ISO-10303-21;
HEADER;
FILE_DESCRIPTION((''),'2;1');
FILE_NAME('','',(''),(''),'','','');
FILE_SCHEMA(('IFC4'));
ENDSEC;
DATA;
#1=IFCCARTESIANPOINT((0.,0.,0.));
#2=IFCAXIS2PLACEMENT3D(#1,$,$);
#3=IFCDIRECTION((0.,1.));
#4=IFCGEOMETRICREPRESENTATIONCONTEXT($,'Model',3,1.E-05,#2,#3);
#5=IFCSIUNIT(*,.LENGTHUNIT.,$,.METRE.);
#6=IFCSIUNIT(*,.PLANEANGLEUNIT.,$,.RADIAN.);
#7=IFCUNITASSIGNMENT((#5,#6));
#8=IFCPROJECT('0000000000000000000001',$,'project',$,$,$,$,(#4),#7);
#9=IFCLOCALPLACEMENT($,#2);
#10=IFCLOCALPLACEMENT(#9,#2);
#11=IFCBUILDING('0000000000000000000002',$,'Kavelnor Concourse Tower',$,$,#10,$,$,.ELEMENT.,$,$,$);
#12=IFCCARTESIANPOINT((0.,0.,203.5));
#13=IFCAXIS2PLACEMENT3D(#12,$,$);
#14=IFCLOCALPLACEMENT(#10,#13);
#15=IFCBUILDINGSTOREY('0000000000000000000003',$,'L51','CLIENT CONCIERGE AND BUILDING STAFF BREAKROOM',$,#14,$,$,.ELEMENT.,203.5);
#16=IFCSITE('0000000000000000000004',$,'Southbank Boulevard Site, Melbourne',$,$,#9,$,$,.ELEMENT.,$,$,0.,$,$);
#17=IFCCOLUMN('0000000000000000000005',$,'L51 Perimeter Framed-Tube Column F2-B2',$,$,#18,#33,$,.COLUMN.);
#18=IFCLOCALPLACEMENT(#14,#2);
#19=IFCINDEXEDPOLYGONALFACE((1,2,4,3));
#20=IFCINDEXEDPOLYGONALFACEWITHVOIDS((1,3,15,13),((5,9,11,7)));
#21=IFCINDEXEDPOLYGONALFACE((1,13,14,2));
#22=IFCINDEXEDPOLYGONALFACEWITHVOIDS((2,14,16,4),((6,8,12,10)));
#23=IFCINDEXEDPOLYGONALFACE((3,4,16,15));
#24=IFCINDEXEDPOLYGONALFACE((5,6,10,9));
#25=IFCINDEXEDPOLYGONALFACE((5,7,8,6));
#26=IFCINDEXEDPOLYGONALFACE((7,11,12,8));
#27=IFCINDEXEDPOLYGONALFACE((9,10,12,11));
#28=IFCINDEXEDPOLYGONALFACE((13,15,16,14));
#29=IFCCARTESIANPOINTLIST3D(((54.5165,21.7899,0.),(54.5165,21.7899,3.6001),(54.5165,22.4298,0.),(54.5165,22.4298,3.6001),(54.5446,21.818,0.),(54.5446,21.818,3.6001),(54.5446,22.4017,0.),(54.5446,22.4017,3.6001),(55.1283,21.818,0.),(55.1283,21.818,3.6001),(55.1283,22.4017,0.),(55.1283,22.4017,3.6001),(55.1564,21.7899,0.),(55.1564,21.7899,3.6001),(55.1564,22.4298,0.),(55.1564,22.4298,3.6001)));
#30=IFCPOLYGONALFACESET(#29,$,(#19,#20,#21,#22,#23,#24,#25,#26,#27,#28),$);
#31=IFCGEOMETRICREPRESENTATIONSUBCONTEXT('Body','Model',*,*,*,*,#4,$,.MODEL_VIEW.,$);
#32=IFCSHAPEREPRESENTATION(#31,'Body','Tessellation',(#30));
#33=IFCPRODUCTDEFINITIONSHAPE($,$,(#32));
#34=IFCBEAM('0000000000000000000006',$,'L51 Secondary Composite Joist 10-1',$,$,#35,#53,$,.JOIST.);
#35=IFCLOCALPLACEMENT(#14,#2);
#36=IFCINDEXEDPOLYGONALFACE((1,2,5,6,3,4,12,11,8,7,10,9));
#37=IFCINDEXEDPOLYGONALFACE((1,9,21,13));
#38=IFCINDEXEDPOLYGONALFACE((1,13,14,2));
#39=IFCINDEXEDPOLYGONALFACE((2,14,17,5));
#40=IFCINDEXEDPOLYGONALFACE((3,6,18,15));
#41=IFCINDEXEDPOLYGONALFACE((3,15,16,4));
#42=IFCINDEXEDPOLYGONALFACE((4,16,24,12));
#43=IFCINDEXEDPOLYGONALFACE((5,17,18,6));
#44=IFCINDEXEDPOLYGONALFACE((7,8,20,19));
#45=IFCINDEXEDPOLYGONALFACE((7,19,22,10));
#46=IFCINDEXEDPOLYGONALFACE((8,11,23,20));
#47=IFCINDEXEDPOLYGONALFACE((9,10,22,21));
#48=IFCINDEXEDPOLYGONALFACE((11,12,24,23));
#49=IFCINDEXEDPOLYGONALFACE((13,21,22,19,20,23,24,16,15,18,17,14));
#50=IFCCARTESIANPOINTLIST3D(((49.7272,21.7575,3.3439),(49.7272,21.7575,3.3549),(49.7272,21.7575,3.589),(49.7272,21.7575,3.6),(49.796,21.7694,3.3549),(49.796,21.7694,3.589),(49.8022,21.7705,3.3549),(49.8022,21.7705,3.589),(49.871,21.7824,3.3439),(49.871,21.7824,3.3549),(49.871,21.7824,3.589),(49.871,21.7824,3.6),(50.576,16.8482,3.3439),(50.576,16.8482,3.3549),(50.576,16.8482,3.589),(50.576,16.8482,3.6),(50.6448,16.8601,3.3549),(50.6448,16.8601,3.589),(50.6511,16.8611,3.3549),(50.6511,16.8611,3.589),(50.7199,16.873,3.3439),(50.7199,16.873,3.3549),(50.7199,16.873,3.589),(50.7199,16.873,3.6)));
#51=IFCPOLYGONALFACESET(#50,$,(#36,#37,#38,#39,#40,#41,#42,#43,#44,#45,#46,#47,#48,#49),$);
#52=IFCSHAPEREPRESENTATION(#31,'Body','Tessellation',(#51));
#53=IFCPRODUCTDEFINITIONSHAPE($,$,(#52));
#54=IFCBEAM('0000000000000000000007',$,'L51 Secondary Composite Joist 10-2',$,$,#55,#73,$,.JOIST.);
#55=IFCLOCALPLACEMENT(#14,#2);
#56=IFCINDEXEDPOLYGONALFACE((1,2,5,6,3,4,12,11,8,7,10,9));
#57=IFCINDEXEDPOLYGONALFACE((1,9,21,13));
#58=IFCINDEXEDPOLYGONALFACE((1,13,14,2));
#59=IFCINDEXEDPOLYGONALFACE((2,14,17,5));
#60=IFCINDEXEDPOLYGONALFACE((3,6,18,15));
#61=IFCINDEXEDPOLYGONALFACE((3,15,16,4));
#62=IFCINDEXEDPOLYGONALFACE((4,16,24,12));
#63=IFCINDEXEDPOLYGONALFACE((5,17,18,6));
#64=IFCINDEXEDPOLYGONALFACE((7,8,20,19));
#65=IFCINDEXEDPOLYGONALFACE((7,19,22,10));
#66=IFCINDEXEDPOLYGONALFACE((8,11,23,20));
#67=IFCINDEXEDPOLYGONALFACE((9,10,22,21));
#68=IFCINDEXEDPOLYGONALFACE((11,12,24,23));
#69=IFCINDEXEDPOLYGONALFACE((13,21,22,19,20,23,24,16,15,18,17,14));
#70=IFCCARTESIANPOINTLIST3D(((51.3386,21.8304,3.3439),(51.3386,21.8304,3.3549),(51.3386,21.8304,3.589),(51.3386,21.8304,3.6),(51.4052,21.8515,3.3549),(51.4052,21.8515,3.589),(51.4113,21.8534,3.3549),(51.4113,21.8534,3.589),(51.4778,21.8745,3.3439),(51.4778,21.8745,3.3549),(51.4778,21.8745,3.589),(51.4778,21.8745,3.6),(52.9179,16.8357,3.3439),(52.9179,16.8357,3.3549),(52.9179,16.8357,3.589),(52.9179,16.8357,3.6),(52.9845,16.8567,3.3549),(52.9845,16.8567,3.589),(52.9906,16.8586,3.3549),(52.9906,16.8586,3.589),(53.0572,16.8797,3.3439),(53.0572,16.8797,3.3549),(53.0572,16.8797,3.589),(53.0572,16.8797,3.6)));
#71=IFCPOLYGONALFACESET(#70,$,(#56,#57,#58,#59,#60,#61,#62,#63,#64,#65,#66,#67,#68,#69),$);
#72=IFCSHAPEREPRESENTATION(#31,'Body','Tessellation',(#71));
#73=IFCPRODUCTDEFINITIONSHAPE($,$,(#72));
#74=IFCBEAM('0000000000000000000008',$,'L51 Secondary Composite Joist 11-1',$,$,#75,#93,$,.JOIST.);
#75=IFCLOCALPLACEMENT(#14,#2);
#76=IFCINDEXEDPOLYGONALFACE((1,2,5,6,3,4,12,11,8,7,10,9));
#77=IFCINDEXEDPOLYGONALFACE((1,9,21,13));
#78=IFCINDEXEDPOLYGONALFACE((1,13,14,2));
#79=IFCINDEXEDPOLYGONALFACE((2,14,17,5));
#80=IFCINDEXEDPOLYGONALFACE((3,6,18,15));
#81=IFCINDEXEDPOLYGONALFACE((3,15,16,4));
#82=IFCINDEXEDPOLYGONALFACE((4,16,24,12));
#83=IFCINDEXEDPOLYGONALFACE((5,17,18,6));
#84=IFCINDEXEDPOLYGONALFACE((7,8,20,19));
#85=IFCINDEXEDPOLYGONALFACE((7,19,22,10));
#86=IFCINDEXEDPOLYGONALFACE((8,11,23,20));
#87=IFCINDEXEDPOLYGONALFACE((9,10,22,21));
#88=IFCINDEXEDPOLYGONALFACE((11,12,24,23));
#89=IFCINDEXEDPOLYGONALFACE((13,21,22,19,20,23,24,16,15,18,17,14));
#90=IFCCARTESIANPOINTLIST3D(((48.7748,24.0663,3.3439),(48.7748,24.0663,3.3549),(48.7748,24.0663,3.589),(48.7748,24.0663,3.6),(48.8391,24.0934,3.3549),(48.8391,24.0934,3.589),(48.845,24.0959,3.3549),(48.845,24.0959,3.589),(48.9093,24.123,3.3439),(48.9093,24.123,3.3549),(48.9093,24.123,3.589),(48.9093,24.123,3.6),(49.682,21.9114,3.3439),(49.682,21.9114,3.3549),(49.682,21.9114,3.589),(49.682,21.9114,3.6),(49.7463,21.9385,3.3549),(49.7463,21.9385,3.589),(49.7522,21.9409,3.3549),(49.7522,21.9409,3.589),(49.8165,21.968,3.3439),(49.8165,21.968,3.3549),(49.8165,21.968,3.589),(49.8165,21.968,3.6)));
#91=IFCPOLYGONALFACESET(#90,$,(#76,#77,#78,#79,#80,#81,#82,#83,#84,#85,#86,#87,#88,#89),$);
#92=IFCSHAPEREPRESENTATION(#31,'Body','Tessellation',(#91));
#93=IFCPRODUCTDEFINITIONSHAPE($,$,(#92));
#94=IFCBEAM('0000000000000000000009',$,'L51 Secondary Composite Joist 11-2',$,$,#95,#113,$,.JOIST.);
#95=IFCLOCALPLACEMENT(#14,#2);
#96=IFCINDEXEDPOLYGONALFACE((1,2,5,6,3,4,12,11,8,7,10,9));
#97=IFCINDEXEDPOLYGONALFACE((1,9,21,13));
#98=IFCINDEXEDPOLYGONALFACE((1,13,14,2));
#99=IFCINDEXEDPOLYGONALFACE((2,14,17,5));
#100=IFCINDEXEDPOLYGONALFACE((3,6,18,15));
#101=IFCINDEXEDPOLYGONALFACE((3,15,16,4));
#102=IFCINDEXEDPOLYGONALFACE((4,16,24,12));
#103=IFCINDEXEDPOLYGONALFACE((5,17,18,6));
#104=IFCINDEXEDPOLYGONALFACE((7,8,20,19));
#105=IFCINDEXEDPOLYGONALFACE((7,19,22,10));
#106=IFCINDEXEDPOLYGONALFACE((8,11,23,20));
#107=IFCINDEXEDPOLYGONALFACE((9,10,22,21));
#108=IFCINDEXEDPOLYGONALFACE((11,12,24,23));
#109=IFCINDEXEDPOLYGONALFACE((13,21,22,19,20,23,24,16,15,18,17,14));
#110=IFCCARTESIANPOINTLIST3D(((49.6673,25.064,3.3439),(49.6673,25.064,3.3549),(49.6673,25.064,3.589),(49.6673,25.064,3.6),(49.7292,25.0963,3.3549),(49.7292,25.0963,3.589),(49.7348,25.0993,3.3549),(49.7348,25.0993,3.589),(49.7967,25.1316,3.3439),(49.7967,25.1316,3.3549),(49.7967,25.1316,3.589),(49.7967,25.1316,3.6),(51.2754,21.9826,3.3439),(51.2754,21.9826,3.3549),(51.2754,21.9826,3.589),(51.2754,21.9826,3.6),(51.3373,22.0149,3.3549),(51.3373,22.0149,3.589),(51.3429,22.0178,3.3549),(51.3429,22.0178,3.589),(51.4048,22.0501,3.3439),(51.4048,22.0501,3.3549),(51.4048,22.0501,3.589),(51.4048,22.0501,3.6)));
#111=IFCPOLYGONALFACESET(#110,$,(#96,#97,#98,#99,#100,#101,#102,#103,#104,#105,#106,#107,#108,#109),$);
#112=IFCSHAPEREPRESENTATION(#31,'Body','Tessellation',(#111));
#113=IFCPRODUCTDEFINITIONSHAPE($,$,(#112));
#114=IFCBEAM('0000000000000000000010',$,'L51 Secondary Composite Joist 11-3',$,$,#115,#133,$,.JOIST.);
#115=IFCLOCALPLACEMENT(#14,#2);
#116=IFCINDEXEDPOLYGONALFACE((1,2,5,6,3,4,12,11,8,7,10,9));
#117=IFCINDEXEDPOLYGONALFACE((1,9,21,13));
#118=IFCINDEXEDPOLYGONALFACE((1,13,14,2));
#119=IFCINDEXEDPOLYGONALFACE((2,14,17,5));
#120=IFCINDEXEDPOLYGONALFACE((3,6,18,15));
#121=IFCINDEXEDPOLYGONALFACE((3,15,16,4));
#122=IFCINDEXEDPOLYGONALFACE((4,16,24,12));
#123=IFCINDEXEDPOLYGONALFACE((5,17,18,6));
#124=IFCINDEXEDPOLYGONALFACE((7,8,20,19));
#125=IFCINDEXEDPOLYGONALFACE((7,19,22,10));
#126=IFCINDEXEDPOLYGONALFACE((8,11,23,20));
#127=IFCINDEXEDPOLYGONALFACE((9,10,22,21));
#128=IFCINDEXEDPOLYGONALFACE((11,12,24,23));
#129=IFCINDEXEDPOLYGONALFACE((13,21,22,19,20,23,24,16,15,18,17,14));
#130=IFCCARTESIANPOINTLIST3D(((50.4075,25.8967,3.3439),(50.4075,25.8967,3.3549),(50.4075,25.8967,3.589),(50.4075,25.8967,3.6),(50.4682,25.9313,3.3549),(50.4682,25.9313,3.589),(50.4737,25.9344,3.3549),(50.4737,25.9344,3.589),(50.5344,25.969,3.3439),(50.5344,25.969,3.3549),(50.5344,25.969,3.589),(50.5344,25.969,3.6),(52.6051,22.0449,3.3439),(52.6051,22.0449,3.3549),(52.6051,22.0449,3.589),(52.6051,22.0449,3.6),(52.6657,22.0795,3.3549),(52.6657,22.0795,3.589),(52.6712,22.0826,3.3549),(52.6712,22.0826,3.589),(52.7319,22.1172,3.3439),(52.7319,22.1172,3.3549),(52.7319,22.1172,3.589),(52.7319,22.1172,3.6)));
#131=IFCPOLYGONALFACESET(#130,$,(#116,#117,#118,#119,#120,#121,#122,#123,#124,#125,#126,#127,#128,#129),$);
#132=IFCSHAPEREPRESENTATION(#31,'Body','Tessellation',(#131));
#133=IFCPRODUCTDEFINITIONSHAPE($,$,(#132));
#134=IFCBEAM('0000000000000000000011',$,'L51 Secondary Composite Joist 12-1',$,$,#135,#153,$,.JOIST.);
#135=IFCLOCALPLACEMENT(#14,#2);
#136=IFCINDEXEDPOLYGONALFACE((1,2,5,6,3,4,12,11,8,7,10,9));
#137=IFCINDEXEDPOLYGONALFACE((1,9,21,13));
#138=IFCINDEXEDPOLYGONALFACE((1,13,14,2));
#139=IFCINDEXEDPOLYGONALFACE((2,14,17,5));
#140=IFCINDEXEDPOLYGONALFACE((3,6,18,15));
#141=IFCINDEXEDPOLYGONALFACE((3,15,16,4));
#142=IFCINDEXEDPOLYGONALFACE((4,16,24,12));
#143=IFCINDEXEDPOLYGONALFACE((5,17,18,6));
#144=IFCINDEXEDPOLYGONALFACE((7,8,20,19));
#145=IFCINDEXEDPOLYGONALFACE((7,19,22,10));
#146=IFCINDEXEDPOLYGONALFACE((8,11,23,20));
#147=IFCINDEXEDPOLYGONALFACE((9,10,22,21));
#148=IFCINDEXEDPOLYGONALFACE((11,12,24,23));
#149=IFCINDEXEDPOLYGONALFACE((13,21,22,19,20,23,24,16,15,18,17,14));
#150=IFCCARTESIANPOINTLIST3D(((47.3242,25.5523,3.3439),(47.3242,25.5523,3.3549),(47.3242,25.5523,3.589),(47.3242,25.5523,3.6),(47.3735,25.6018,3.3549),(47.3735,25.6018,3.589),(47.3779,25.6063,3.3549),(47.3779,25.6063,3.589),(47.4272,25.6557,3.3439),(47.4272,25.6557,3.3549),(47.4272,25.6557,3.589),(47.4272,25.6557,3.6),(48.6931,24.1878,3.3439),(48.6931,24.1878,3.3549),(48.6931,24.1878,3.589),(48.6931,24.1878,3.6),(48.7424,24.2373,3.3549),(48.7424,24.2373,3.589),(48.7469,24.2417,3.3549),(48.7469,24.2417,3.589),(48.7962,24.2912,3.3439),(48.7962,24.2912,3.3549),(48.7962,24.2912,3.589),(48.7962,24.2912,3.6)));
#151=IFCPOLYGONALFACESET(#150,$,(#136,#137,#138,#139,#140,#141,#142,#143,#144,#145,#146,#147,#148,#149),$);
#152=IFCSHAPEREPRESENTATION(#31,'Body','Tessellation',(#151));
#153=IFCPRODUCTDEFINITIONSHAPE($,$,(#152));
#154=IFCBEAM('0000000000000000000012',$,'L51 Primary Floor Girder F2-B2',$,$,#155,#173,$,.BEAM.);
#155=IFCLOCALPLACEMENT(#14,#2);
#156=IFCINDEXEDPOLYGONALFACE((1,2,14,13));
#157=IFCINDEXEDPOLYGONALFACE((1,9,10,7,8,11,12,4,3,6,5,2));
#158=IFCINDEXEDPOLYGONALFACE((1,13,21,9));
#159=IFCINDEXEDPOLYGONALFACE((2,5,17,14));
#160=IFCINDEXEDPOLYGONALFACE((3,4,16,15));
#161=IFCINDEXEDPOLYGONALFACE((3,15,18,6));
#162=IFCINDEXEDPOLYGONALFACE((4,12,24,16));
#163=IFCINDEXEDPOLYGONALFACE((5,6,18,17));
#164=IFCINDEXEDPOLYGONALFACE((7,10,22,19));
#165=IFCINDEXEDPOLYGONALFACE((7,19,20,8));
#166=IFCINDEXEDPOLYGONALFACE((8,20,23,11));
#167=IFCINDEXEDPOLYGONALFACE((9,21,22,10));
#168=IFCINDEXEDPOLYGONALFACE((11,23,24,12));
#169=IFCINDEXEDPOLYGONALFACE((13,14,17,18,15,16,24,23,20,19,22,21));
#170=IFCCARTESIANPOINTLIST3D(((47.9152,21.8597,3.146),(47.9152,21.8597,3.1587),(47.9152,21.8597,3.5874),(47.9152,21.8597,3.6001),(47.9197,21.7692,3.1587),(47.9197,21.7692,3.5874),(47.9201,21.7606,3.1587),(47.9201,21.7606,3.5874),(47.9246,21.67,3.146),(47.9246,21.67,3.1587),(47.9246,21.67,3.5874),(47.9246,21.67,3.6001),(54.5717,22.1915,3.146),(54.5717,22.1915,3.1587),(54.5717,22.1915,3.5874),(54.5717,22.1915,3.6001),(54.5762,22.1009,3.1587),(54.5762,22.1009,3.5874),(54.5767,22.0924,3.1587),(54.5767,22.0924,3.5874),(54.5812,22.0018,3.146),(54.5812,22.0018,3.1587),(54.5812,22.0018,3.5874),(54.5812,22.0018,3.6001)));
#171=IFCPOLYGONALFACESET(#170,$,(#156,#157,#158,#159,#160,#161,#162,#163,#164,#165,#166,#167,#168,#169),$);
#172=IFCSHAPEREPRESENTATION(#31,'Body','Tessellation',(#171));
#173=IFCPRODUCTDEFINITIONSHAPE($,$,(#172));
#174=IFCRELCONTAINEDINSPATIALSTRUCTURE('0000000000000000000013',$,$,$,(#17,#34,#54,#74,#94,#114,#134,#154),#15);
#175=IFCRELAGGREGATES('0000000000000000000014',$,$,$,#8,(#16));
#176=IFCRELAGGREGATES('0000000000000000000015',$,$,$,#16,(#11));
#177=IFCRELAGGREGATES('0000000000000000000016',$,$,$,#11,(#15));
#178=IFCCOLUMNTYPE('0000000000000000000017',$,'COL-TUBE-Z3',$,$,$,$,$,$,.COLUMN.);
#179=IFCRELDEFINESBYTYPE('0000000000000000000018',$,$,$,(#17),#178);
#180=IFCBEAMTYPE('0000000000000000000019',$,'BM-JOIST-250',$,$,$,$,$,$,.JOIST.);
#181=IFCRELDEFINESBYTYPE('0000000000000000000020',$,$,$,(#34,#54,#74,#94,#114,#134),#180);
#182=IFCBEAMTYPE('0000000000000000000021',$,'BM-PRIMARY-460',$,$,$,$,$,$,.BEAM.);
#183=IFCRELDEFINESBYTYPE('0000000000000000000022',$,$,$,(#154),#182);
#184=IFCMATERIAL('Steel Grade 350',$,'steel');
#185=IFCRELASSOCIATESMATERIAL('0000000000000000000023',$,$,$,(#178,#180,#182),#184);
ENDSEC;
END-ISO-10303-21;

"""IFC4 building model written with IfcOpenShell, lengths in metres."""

from ifc_helpers import new_model, si_unit, direction, frame, origin, origin_2d, place, context, subcontext, project, spatial, hollow_rectangle, i_section, extrude, material, material_profile, profile_set, type_object, element, save


model = new_model("IFC4")

# Units and contexts
model_context = context("Model", 3, precision=1e-05, world=origin(), true_north=direction((0.0, 1.0)))
body_context = subcontext(model_context, "Body", "Model", "MODEL_VIEW")
ifc_project = project(units=[si_unit("LENGTHUNIT", "METRE"), si_unit("PLANEANGLEUNIT", "RADIAN")], contexts=[model_context])

# Site, building, storey
site_placement = place(None, origin())
site = spatial("IfcSite", under=ifc_project, at=site_placement, Name="Southbank Boulevard Site, Melbourne", CompositionType="ELEMENT", RefElevation=0.0)
building_placement = place(site_placement, origin())
building = spatial("IfcBuilding", under=site, at=building_placement, Name="Kavelnor Concourse Tower", CompositionType="ELEMENT")
storey_placement = place(building_placement, frame((0.0, 0.0, 203.5)))
storey = spatial("IfcBuildingStorey", under=building, at=storey_placement, Name="L51", Description="CLIENT CONCIERGE AND BUILDING STAFF BREAKROOM", CompositionType="ELEMENT", Elevation=203.5)

# Column
ifc_material_1 = material(Name="Steel Grade 350", Category="steel")
ifc_material_profile_1 = material_profile(ifc_material_1, hollow_rectangle(XDim=0.6399, YDim=0.6399, WallThickness=0.0281, at=origin_2d()), Name="SHS 640x640x28")
ifc_profile_set_1 = profile_set([ifc_material_profile_1], Name="Steel Grade 350")
column_type = type_object("IfcColumnType", Name="COL-TUBE-Z3", PredefinedType="COLUMN", material=ifc_profile_set_1)
column_placement = place(storey_placement, frame((54.8364, 22.1099, 0.0), z_axis=(0.0, 0.0, 1.0), x_axis=(1.0, 0.0, 0.0)))
element("IfcColumn", 1, at=column_placement, inside=storey, type_object=column_type, Name="L51 Perimeter Framed-Tube Column F2-B2", PredefinedType="COLUMN", context=body_context, shape_type="SweptSolid", body=[
    extrude(hollow_rectangle(XDim=0.6399, YDim=0.6399, WallThickness=0.0281, at=origin_2d()), origin(), (0.0, 0.0, 1.0), 3.6001),
])

# Beams
ifc_material_profile_2 = material_profile(ifc_material_1, i_section(OverallWidth=0.146, OverallDepth=0.2561, WebThickness=0.0063, FlangeThickness=0.011, at=origin_2d()), Name="250UB37")
ifc_profile_set_2 = profile_set([ifc_material_profile_2], Name="Steel Grade 350")
beam_type_1 = type_object("IfcBeamType", Name="BM-JOIST-250", PredefinedType="JOIST", material=ifc_profile_set_2)
beam_1_placement = place(storey_placement, frame((50.6479, 16.8606, 3.4719), z_axis=(-0.170379, 0.985379, 0.0), x_axis=(-0.985379, -0.170379, 0.0)))
element("IfcBeam", 2, at=beam_1_placement, inside=storey, type_object=beam_type_1, Name="L51 Secondary Composite Joist 10-1", PredefinedType="JOIST", context=body_context, shape_type="SweptSolid", body=[
    extrude(i_section(OverallWidth=0.146, OverallDepth=0.2561, WebThickness=0.0063, FlangeThickness=0.011, at=origin_2d()), origin(), (0.0, 0.0, 1.0), 4.9822),
])
beam_2_placement = place(storey_placement, frame((52.9875, 16.8577, 3.4719), z_axis=(-0.301482, 0.953472, 0.0), x_axis=(-0.953472, -0.301482, 0.0)))
element("IfcBeam", 3, at=beam_2_placement, inside=storey, type_object=beam_type_1, Name="L51 Secondary Composite Joist 10-2", PredefinedType="JOIST", context=body_context, shape_type="SweptSolid", body=[
    extrude(i_section(OverallWidth=0.146, OverallDepth=0.2561, WebThickness=0.0063, FlangeThickness=0.011, at=origin_2d()), origin(), (0.0, 0.0, 1.0), 5.2385),
])
beam_3_placement = place(storey_placement, frame((49.7493, 21.9397, 3.4719), z_axis=(-0.388001, 0.921659, 0.0), x_axis=(-0.921659, -0.388001, 0.0)))
element("IfcBeam", 4, at=beam_3_placement, inside=storey, type_object=beam_type_1, Name="L51 Secondary Composite Joist 11-1", PredefinedType="JOIST", context=body_context, shape_type="SweptSolid", body=[
    extrude(i_section(OverallWidth=0.146, OverallDepth=0.2561, WebThickness=0.0063, FlangeThickness=0.011, at=origin_2d()), origin(), (0.0, 0.0, 1.0), 2.3381),
])
beam_4_placement = place(storey_placement, frame((51.3401, 22.0164, 3.4719), z_axis=(-0.462655, 0.886539, 0.0), x_axis=(-0.886539, -0.462655, 0.0)))
element("IfcBeam", 5, at=beam_4_placement, inside=storey, type_object=beam_type_1, Name="L51 Secondary Composite Joist 11-2", PredefinedType="JOIST", context=body_context, shape_type="SweptSolid", body=[
    extrude(i_section(OverallWidth=0.146, OverallDepth=0.2561, WebThickness=0.0063, FlangeThickness=0.011, at=origin_2d()), origin(), (0.0, 0.0, 1.0), 3.4758),
])
beam_5_placement = place(storey_placement, frame((52.6685, 22.0811, 3.4719), z_axis=(-0.49554, 0.868585, 0.0), x_axis=(-0.868585, -0.49554, 0.0)))
element("IfcBeam", 6, at=beam_5_placement, inside=storey, type_object=beam_type_1, Name="L51 Secondary Composite Joist 11-3", PredefinedType="JOIST", context=body_context, shape_type="SweptSolid", body=[
    extrude(i_section(OverallWidth=0.146, OverallDepth=0.2561, WebThickness=0.0063, FlangeThickness=0.011, at=origin_2d()), origin(), (0.0, 0.0, 1.0), 4.4346),
])
beam_6_placement = place(storey_placement, frame((48.7446, 24.2395, 3.4719), z_axis=(-0.708243, 0.705969, 0.0), x_axis=(-0.705969, -0.708243, 0.0)))
element("IfcBeam", 7, at=beam_6_placement, inside=storey, type_object=beam_type_1, Name="L51 Secondary Composite Joist 12-1", PredefinedType="JOIST", context=body_context, shape_type="SweptSolid", body=[
    extrude(i_section(OverallWidth=0.146, OverallDepth=0.2561, WebThickness=0.0063, FlangeThickness=0.011, at=origin_2d()), origin(), (0.0, 0.0, 1.0), 1.9329),
])
ifc_material_profile_3 = material_profile(ifc_material_1, i_section(OverallWidth=0.1899, OverallDepth=0.4541, WebThickness=0.0085, FlangeThickness=0.0127, at=origin_2d()), Name="460UB67")
ifc_profile_set_3 = profile_set([ifc_material_profile_3], Name="Steel Grade 350")
beam_type_2 = type_object("IfcBeamType", Name="BM-PRIMARY-460", PredefinedType="BEAM", material=ifc_profile_set_3)
beam_7_placement = place(storey_placement, frame((47.9199, 21.7649, 3.373), z_axis=(0.99876, 0.049782, 0.0), x_axis=(-0.049782, 0.99876, 0.0)))
element("IfcBeam", 8, at=beam_7_placement, inside=storey, type_object=beam_type_2, Name="L51 Primary Floor Girder F2-B2", PredefinedType="BEAM", context=body_context, shape_type="SweptSolid", body=[
    extrude(i_section(OverallWidth=0.1899, OverallDepth=0.4541, WebThickness=0.0085, FlangeThickness=0.0127, at=origin_2d()), origin(), (0.0, 0.0, 1.0), 6.6648),
])

save(model, "model.ifc")
